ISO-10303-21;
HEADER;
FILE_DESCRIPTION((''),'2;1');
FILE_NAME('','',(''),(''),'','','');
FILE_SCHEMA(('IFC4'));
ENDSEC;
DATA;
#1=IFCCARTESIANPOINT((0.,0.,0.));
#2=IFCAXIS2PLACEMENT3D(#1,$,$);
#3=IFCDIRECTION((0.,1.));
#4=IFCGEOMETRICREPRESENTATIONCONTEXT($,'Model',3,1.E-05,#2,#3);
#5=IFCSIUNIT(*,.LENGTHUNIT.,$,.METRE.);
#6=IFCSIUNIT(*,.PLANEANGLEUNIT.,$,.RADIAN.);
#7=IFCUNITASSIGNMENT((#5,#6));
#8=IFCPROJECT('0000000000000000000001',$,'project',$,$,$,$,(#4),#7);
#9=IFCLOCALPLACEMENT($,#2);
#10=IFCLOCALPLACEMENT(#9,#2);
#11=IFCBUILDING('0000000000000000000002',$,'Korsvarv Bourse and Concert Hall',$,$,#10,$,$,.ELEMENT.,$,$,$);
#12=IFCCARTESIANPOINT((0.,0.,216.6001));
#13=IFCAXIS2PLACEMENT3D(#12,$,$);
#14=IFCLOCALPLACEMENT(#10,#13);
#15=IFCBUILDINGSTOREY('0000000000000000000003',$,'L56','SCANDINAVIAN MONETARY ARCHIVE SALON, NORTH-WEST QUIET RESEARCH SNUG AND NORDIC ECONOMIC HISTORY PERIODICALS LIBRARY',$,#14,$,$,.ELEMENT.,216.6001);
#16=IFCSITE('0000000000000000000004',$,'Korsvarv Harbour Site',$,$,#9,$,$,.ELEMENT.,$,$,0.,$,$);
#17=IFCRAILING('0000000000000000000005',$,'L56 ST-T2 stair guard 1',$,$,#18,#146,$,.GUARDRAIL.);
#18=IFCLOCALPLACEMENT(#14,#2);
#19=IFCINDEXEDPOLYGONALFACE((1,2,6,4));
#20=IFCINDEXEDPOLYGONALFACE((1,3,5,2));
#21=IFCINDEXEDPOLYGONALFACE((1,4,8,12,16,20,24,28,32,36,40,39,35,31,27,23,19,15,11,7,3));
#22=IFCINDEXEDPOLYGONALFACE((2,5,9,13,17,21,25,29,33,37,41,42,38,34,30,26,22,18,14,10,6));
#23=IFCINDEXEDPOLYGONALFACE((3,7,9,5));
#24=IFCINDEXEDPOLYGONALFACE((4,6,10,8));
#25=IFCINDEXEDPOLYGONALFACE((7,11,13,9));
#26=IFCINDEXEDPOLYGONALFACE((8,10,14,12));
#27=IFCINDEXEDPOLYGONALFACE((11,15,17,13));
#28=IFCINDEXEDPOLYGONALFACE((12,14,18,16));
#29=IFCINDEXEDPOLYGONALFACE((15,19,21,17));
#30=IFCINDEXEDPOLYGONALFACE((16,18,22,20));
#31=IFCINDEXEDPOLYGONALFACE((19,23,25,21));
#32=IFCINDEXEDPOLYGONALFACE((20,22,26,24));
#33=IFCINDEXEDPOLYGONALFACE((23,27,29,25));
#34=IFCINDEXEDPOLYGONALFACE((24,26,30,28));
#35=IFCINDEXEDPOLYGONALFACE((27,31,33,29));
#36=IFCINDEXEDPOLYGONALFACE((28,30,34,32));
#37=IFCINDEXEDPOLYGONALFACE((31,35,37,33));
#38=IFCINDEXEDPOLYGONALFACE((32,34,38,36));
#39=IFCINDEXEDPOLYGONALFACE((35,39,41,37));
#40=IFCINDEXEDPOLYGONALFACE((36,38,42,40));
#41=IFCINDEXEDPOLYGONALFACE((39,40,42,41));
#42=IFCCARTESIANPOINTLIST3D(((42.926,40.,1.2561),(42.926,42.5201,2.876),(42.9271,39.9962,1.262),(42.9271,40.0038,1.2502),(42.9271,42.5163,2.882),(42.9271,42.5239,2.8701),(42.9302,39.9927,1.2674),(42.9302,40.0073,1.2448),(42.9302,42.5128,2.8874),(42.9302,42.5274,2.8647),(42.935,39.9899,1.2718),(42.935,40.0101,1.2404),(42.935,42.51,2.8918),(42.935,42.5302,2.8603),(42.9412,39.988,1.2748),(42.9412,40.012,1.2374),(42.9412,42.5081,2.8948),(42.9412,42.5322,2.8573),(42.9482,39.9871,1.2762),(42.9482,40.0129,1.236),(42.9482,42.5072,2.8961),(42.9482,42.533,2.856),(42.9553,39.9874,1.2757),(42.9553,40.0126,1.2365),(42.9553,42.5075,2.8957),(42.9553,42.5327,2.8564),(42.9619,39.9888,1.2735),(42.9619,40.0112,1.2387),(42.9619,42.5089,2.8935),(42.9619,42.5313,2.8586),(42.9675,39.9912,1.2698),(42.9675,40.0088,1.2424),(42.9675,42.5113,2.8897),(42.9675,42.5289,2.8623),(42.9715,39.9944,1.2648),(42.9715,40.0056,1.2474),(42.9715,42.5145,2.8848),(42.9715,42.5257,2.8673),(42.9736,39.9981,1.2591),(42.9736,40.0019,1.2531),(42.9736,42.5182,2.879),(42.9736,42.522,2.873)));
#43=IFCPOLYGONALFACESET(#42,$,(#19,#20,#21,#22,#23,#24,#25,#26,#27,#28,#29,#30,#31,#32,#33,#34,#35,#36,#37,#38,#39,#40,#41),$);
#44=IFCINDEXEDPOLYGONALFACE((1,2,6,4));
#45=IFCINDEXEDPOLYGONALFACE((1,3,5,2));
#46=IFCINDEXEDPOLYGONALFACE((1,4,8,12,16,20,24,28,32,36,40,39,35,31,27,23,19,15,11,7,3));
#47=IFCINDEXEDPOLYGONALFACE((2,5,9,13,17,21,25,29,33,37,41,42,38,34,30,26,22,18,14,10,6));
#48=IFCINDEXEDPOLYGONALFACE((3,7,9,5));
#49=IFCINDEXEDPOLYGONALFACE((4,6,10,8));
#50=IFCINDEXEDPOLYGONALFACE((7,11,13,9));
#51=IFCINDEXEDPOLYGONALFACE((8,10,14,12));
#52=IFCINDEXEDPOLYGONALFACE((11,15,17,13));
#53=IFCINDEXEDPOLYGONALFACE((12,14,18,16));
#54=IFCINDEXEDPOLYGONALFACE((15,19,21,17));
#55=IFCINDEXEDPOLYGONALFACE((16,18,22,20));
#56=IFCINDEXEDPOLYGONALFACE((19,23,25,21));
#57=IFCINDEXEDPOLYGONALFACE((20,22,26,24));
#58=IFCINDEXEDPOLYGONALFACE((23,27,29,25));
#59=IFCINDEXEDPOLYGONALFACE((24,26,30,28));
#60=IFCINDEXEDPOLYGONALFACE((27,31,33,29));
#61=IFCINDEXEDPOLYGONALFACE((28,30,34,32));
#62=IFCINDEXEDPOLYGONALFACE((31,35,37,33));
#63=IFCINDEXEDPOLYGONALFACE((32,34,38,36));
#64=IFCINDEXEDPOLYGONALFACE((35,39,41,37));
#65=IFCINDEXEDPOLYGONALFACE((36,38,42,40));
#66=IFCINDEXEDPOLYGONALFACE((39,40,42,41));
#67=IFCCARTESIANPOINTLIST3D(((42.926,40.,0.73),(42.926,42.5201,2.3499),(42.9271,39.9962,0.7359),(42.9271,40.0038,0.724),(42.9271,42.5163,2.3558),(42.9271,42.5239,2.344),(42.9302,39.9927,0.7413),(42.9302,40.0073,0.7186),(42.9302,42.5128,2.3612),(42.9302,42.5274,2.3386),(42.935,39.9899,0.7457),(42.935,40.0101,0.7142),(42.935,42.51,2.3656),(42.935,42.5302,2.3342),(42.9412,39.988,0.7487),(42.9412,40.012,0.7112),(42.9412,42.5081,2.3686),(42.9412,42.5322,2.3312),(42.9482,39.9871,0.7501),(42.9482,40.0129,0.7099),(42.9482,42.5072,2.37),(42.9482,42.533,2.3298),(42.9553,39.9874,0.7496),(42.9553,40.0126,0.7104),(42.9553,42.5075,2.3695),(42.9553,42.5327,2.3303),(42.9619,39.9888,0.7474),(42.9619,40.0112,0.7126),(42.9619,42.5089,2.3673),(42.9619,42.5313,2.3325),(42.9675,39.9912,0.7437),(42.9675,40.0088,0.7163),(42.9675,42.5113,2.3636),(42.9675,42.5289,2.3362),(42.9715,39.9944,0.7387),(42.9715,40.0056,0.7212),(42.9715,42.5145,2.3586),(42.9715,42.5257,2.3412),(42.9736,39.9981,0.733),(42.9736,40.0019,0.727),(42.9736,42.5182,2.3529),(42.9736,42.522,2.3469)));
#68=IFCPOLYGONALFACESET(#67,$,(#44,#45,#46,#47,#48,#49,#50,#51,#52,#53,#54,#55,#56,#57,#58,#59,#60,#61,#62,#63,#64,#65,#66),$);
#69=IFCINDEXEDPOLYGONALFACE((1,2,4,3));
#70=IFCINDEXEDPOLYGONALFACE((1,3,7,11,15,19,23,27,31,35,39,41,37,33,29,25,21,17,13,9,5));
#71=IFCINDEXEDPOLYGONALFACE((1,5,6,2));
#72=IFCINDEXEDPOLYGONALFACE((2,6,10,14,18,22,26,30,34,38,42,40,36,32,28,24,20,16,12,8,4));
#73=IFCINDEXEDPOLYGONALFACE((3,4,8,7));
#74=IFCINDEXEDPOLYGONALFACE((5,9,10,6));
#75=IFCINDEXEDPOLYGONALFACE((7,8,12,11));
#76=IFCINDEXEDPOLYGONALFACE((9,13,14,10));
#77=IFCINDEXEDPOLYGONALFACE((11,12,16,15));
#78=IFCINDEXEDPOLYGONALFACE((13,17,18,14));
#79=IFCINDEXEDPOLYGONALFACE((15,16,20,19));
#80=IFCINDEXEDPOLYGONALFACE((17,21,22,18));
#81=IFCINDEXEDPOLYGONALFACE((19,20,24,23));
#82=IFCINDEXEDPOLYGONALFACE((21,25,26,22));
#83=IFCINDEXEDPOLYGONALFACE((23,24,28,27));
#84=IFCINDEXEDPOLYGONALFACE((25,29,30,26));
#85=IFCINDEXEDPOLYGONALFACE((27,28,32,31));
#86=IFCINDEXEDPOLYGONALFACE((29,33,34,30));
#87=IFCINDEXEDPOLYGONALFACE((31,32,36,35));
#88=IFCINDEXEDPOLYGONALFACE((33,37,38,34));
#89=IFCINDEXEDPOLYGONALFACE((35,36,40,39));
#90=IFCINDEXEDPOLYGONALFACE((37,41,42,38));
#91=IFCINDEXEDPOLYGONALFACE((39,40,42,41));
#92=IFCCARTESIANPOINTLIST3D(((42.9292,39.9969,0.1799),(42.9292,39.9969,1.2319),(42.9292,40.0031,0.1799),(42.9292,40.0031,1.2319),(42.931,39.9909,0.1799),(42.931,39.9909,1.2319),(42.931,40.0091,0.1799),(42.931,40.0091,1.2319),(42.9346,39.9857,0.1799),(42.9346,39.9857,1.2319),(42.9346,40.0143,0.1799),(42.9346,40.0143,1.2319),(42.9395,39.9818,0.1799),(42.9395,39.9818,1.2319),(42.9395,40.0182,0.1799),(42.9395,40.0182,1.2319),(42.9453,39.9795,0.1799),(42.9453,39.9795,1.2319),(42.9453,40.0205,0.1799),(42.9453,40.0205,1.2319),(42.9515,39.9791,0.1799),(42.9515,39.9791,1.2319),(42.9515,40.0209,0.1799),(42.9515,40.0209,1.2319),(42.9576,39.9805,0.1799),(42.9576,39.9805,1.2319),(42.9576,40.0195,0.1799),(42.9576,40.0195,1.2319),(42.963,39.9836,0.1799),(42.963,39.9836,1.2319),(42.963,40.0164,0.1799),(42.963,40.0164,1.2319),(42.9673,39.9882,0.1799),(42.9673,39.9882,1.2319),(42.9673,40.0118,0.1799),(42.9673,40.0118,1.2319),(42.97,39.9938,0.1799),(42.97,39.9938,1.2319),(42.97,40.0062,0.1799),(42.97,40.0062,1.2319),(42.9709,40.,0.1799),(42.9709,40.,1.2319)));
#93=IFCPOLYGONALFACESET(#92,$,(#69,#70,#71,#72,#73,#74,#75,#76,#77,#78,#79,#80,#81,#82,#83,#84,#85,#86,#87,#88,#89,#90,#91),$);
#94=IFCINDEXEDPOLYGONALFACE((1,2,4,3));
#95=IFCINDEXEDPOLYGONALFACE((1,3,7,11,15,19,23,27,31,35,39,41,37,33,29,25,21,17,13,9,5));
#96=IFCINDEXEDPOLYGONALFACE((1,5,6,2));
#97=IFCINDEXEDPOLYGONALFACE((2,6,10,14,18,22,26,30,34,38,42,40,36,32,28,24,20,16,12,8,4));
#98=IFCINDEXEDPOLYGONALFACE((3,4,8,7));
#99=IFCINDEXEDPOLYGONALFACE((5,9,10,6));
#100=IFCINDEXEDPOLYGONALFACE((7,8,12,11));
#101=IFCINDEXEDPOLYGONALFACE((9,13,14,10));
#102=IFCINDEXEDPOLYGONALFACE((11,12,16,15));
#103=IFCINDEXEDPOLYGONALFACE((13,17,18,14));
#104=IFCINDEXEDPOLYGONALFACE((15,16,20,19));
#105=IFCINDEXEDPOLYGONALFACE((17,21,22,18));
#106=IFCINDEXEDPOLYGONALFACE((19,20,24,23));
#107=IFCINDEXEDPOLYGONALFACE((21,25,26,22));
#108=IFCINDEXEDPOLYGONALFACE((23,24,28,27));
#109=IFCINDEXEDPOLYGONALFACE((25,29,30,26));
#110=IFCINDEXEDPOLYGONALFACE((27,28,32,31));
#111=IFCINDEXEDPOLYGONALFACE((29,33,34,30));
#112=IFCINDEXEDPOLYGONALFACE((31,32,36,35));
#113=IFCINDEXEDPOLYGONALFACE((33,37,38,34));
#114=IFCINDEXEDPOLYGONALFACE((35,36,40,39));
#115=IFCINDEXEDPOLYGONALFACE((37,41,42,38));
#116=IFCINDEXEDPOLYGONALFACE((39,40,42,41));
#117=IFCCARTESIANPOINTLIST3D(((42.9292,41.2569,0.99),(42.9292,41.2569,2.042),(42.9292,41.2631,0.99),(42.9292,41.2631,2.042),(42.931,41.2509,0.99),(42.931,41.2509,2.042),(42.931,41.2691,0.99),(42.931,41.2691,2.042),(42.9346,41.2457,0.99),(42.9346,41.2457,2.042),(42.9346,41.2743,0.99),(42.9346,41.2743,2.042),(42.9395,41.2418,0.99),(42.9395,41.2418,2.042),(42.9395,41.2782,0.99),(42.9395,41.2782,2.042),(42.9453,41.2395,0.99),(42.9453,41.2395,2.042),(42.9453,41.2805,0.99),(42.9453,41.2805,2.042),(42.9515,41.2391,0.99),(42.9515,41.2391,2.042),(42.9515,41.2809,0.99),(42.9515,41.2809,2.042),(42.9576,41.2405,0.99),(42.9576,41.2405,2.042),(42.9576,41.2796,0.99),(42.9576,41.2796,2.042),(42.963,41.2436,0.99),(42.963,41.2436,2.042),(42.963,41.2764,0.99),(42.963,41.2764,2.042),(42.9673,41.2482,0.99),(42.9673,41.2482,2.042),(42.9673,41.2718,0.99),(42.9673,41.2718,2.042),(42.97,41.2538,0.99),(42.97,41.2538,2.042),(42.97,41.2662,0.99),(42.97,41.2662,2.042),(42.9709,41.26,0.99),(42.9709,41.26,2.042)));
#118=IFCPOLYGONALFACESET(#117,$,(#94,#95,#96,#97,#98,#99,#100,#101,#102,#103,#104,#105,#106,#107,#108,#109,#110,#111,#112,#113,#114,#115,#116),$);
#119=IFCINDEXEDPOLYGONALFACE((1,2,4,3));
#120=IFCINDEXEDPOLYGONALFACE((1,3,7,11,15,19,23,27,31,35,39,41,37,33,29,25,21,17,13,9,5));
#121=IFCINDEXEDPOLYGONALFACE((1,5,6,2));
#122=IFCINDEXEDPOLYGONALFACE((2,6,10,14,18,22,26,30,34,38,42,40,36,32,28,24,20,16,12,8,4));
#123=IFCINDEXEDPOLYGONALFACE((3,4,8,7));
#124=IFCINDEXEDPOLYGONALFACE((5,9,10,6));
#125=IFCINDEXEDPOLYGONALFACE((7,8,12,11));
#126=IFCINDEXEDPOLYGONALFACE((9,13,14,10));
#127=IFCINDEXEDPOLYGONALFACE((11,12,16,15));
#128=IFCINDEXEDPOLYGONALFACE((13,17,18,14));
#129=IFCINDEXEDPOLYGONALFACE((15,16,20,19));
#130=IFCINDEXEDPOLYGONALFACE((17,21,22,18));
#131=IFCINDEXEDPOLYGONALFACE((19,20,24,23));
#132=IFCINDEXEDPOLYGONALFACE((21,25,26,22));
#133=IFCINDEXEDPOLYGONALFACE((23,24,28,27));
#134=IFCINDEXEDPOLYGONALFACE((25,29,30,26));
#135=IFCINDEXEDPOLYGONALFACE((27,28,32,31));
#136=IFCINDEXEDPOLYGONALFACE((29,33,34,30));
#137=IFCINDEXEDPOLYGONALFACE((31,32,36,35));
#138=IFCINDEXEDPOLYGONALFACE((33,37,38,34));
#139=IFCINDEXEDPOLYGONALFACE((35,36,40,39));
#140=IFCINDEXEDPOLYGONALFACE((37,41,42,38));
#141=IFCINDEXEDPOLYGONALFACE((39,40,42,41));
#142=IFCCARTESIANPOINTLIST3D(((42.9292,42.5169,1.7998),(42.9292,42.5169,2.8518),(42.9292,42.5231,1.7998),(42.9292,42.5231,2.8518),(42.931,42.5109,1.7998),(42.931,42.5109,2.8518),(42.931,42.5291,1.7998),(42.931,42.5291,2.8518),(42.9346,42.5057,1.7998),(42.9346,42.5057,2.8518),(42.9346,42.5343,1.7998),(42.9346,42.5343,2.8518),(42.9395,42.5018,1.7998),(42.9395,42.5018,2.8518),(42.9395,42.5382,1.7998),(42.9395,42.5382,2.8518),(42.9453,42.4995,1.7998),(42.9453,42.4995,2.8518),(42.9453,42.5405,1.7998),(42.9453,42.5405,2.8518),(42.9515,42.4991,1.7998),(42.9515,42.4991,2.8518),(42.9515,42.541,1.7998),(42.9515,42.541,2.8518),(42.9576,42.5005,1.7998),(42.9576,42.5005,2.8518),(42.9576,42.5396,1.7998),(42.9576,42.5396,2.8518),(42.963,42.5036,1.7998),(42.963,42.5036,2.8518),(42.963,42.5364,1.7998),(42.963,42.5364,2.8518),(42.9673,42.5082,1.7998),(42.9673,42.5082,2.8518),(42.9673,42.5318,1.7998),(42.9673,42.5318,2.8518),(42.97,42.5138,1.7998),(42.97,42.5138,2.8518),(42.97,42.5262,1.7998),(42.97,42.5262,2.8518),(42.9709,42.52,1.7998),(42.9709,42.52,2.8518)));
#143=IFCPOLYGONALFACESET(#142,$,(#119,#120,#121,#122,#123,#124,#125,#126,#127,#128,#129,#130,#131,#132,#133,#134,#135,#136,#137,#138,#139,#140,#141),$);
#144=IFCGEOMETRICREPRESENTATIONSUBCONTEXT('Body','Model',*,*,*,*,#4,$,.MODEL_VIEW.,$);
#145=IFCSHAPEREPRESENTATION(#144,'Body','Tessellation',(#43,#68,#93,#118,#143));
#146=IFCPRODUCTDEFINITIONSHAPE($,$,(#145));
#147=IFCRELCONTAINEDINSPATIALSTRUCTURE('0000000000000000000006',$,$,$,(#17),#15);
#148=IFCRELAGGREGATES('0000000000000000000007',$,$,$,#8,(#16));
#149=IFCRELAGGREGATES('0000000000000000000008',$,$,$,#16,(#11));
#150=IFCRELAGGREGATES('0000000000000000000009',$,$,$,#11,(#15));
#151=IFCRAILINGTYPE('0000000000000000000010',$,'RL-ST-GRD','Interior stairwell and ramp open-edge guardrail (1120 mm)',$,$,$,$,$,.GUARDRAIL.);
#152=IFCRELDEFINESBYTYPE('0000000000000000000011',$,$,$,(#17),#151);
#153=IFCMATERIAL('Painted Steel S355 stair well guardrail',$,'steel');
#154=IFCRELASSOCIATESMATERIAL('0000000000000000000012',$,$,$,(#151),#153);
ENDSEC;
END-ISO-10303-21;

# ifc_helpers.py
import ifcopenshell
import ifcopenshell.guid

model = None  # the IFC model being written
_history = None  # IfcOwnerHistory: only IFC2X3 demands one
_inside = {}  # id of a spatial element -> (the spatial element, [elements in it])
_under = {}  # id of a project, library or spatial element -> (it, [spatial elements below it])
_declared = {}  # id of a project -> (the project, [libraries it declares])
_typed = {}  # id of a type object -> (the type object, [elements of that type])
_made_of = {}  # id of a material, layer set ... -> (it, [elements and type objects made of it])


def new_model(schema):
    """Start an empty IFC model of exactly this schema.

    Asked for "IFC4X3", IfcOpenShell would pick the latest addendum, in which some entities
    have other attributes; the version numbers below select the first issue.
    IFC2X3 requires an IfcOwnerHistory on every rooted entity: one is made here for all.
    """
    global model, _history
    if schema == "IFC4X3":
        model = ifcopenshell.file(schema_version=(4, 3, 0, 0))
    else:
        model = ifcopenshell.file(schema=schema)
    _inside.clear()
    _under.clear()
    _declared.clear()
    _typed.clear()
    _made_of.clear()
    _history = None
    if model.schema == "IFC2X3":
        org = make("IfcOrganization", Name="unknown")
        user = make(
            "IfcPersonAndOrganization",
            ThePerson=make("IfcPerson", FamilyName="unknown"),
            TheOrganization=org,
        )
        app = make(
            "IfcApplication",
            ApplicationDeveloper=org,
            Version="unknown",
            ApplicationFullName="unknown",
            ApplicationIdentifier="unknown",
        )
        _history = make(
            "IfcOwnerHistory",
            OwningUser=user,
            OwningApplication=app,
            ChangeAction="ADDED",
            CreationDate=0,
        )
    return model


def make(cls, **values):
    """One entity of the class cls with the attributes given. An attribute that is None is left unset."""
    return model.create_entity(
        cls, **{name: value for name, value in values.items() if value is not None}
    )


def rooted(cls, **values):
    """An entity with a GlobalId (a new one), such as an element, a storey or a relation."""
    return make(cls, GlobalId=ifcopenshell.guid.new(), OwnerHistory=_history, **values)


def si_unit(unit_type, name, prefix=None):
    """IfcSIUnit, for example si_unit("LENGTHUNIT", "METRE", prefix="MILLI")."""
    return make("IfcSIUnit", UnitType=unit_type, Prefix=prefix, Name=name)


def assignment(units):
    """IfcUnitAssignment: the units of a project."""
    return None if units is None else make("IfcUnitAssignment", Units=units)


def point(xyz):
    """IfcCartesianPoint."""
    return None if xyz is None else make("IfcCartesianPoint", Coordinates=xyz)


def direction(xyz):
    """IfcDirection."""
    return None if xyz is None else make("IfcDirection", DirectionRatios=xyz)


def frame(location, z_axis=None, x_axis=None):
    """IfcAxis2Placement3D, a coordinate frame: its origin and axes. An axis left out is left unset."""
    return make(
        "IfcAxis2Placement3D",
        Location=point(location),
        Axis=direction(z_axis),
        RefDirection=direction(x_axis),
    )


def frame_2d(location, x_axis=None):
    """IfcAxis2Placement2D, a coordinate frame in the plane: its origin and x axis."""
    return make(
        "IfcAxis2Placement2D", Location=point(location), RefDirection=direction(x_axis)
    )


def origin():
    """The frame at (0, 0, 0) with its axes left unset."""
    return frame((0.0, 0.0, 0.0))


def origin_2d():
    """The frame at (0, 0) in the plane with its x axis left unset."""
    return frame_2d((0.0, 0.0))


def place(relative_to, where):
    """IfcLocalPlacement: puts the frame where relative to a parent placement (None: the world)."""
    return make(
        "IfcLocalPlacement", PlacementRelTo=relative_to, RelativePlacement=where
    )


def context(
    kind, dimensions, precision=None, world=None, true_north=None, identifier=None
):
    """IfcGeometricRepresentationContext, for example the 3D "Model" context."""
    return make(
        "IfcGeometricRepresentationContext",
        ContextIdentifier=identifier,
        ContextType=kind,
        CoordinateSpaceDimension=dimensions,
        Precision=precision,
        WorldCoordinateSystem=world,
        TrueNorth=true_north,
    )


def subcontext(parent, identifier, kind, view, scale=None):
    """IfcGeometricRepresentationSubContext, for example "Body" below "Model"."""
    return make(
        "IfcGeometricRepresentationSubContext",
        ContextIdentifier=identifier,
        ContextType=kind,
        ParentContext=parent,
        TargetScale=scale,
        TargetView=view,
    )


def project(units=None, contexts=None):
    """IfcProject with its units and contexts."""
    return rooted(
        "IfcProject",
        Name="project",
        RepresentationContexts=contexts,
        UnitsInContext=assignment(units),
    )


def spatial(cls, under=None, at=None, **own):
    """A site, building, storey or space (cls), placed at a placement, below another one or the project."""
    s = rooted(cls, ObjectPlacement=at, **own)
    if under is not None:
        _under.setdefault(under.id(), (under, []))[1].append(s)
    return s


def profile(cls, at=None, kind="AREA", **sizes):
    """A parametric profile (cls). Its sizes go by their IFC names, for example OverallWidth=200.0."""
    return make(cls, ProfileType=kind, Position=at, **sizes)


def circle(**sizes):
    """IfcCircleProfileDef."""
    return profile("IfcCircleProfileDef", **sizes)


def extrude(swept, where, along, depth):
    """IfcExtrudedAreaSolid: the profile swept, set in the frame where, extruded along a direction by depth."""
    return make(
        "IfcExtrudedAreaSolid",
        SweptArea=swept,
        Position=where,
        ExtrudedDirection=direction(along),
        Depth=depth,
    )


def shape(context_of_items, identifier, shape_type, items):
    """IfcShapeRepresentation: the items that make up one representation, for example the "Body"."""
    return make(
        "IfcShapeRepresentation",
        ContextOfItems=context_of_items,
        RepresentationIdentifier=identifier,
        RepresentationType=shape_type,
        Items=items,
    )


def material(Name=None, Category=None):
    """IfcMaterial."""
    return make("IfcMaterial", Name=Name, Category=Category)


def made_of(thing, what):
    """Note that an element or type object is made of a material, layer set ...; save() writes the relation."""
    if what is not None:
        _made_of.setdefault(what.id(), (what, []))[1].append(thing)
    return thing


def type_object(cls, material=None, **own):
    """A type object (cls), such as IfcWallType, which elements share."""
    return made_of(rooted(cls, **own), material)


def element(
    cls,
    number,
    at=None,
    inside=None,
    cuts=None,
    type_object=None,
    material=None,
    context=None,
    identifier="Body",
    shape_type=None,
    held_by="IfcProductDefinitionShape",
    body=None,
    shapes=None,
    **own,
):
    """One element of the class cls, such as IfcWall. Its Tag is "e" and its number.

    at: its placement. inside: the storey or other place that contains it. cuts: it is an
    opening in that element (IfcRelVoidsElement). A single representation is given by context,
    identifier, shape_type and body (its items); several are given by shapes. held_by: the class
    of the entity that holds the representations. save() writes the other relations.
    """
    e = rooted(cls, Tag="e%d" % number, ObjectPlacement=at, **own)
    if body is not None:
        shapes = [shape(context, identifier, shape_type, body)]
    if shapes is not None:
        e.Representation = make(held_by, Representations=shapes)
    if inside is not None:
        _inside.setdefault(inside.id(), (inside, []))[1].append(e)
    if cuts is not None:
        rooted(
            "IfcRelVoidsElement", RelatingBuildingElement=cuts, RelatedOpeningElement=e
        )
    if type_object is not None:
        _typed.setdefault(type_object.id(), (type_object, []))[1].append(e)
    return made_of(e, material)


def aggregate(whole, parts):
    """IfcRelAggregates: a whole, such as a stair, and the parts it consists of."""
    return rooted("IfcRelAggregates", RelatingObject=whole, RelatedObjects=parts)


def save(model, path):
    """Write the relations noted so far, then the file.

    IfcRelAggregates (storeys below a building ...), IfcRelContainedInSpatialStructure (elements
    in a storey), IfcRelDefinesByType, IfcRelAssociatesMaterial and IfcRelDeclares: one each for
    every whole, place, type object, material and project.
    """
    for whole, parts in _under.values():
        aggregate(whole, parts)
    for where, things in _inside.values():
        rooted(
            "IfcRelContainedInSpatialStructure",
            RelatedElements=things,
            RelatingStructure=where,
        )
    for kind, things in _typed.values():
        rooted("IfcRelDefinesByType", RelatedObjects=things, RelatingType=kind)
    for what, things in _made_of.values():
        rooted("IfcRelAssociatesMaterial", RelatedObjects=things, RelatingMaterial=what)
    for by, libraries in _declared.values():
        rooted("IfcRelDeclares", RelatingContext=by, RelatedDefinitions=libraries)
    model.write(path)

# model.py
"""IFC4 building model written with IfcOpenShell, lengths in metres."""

from ifc_helpers import new_model, si_unit, direction, frame, origin, origin_2d, place, context, subcontext, project, spatial, circle, extrude, material, type_object, element, save


model = new_model("IFC4")

# Units and contexts
model_context = context("Model", 3, precision=1e-05, world=origin(), true_north=direction((0.0, 1.0)))
body_context = subcontext(model_context, "Body", "Model", "MODEL_VIEW")
ifc_project = project(units=[si_unit("LENGTHUNIT", "METRE"), si_unit("PLANEANGLEUNIT", "RADIAN")], contexts=[model_context])

# Site, building, storey
site_placement = place(None, origin())
site = spatial("IfcSite", under=ifc_project, at=site_placement, Name="Korsvarv Harbour Site", CompositionType="ELEMENT", RefElevation=0.0)
building_placement = place(site_placement, origin())
building = spatial("IfcBuilding", under=site, at=building_placement, Name="Korsvarv Bourse and Concert Hall", CompositionType="ELEMENT")
storey_placement = place(building_placement, frame((0.0, 0.0, 216.6001)))
storey = spatial("IfcBuildingStorey", under=building, at=storey_placement, Name="L56", Description="SCANDINAVIAN MONETARY ARCHIVE SALON, NORTH-WEST QUIET RESEARCH SNUG AND NORDIC ECONOMIC HISTORY PERIODICALS LIBRARY", CompositionType="ELEMENT", Elevation=216.6001)

# Railing
ifc_material_1 = material(Name="Painted Steel S355 stair well guardrail", Category="steel")
railing_type_1 = type_object("IfcRailingType", Name="RL-ST-GRD", Description="Interior stairwell and ramp open-edge guardrail (1120 mm)", PredefinedType="GUARDRAIL", material=ifc_material_1)
railing_1_placement = place(storey_placement, frame((42.95, 40.0, 0.1799)))
element("IfcRailing", 1, at=railing_1_placement, inside=storey, type_object=railing_type_1, Name="L56 ST-T2 stair guard 1", PredefinedType="GUARDRAIL", context=body_context, shape_type="SweptSolid", body=[
    extrude(circle(Radius=0.0239, at=origin_2d()), frame((0.0, 0.0, 1.0762), z_axis=(0.0, 0.8412, 0.540725), x_axis=(-1.0, 0.0, 0.0)), (0.0, 0.0, 1.0), 2.9958),
    extrude(circle(Radius=0.0239, at=origin_2d()), frame((0.0, 0.0, 0.55), z_axis=(0.0, 0.8412, 0.540725), x_axis=(-1.0, 0.0, 0.0)), (0.0, 0.0, 1.0), 2.9958),
    extrude(circle(Radius=0.021, at=origin_2d()), origin(), (0.0, 0.0, 1.0), 1.052),
    extrude(circle(Radius=0.021, at=origin_2d()), frame((0.0, 1.26, 0.8101)), (0.0, 0.0, 1.0), 1.052),
    extrude(circle(Radius=0.021, at=origin_2d()), frame((0.0, 2.52, 1.6199)), (0.0, 0.0, 1.0), 1.052),
])

save(model, "model.ifc")
